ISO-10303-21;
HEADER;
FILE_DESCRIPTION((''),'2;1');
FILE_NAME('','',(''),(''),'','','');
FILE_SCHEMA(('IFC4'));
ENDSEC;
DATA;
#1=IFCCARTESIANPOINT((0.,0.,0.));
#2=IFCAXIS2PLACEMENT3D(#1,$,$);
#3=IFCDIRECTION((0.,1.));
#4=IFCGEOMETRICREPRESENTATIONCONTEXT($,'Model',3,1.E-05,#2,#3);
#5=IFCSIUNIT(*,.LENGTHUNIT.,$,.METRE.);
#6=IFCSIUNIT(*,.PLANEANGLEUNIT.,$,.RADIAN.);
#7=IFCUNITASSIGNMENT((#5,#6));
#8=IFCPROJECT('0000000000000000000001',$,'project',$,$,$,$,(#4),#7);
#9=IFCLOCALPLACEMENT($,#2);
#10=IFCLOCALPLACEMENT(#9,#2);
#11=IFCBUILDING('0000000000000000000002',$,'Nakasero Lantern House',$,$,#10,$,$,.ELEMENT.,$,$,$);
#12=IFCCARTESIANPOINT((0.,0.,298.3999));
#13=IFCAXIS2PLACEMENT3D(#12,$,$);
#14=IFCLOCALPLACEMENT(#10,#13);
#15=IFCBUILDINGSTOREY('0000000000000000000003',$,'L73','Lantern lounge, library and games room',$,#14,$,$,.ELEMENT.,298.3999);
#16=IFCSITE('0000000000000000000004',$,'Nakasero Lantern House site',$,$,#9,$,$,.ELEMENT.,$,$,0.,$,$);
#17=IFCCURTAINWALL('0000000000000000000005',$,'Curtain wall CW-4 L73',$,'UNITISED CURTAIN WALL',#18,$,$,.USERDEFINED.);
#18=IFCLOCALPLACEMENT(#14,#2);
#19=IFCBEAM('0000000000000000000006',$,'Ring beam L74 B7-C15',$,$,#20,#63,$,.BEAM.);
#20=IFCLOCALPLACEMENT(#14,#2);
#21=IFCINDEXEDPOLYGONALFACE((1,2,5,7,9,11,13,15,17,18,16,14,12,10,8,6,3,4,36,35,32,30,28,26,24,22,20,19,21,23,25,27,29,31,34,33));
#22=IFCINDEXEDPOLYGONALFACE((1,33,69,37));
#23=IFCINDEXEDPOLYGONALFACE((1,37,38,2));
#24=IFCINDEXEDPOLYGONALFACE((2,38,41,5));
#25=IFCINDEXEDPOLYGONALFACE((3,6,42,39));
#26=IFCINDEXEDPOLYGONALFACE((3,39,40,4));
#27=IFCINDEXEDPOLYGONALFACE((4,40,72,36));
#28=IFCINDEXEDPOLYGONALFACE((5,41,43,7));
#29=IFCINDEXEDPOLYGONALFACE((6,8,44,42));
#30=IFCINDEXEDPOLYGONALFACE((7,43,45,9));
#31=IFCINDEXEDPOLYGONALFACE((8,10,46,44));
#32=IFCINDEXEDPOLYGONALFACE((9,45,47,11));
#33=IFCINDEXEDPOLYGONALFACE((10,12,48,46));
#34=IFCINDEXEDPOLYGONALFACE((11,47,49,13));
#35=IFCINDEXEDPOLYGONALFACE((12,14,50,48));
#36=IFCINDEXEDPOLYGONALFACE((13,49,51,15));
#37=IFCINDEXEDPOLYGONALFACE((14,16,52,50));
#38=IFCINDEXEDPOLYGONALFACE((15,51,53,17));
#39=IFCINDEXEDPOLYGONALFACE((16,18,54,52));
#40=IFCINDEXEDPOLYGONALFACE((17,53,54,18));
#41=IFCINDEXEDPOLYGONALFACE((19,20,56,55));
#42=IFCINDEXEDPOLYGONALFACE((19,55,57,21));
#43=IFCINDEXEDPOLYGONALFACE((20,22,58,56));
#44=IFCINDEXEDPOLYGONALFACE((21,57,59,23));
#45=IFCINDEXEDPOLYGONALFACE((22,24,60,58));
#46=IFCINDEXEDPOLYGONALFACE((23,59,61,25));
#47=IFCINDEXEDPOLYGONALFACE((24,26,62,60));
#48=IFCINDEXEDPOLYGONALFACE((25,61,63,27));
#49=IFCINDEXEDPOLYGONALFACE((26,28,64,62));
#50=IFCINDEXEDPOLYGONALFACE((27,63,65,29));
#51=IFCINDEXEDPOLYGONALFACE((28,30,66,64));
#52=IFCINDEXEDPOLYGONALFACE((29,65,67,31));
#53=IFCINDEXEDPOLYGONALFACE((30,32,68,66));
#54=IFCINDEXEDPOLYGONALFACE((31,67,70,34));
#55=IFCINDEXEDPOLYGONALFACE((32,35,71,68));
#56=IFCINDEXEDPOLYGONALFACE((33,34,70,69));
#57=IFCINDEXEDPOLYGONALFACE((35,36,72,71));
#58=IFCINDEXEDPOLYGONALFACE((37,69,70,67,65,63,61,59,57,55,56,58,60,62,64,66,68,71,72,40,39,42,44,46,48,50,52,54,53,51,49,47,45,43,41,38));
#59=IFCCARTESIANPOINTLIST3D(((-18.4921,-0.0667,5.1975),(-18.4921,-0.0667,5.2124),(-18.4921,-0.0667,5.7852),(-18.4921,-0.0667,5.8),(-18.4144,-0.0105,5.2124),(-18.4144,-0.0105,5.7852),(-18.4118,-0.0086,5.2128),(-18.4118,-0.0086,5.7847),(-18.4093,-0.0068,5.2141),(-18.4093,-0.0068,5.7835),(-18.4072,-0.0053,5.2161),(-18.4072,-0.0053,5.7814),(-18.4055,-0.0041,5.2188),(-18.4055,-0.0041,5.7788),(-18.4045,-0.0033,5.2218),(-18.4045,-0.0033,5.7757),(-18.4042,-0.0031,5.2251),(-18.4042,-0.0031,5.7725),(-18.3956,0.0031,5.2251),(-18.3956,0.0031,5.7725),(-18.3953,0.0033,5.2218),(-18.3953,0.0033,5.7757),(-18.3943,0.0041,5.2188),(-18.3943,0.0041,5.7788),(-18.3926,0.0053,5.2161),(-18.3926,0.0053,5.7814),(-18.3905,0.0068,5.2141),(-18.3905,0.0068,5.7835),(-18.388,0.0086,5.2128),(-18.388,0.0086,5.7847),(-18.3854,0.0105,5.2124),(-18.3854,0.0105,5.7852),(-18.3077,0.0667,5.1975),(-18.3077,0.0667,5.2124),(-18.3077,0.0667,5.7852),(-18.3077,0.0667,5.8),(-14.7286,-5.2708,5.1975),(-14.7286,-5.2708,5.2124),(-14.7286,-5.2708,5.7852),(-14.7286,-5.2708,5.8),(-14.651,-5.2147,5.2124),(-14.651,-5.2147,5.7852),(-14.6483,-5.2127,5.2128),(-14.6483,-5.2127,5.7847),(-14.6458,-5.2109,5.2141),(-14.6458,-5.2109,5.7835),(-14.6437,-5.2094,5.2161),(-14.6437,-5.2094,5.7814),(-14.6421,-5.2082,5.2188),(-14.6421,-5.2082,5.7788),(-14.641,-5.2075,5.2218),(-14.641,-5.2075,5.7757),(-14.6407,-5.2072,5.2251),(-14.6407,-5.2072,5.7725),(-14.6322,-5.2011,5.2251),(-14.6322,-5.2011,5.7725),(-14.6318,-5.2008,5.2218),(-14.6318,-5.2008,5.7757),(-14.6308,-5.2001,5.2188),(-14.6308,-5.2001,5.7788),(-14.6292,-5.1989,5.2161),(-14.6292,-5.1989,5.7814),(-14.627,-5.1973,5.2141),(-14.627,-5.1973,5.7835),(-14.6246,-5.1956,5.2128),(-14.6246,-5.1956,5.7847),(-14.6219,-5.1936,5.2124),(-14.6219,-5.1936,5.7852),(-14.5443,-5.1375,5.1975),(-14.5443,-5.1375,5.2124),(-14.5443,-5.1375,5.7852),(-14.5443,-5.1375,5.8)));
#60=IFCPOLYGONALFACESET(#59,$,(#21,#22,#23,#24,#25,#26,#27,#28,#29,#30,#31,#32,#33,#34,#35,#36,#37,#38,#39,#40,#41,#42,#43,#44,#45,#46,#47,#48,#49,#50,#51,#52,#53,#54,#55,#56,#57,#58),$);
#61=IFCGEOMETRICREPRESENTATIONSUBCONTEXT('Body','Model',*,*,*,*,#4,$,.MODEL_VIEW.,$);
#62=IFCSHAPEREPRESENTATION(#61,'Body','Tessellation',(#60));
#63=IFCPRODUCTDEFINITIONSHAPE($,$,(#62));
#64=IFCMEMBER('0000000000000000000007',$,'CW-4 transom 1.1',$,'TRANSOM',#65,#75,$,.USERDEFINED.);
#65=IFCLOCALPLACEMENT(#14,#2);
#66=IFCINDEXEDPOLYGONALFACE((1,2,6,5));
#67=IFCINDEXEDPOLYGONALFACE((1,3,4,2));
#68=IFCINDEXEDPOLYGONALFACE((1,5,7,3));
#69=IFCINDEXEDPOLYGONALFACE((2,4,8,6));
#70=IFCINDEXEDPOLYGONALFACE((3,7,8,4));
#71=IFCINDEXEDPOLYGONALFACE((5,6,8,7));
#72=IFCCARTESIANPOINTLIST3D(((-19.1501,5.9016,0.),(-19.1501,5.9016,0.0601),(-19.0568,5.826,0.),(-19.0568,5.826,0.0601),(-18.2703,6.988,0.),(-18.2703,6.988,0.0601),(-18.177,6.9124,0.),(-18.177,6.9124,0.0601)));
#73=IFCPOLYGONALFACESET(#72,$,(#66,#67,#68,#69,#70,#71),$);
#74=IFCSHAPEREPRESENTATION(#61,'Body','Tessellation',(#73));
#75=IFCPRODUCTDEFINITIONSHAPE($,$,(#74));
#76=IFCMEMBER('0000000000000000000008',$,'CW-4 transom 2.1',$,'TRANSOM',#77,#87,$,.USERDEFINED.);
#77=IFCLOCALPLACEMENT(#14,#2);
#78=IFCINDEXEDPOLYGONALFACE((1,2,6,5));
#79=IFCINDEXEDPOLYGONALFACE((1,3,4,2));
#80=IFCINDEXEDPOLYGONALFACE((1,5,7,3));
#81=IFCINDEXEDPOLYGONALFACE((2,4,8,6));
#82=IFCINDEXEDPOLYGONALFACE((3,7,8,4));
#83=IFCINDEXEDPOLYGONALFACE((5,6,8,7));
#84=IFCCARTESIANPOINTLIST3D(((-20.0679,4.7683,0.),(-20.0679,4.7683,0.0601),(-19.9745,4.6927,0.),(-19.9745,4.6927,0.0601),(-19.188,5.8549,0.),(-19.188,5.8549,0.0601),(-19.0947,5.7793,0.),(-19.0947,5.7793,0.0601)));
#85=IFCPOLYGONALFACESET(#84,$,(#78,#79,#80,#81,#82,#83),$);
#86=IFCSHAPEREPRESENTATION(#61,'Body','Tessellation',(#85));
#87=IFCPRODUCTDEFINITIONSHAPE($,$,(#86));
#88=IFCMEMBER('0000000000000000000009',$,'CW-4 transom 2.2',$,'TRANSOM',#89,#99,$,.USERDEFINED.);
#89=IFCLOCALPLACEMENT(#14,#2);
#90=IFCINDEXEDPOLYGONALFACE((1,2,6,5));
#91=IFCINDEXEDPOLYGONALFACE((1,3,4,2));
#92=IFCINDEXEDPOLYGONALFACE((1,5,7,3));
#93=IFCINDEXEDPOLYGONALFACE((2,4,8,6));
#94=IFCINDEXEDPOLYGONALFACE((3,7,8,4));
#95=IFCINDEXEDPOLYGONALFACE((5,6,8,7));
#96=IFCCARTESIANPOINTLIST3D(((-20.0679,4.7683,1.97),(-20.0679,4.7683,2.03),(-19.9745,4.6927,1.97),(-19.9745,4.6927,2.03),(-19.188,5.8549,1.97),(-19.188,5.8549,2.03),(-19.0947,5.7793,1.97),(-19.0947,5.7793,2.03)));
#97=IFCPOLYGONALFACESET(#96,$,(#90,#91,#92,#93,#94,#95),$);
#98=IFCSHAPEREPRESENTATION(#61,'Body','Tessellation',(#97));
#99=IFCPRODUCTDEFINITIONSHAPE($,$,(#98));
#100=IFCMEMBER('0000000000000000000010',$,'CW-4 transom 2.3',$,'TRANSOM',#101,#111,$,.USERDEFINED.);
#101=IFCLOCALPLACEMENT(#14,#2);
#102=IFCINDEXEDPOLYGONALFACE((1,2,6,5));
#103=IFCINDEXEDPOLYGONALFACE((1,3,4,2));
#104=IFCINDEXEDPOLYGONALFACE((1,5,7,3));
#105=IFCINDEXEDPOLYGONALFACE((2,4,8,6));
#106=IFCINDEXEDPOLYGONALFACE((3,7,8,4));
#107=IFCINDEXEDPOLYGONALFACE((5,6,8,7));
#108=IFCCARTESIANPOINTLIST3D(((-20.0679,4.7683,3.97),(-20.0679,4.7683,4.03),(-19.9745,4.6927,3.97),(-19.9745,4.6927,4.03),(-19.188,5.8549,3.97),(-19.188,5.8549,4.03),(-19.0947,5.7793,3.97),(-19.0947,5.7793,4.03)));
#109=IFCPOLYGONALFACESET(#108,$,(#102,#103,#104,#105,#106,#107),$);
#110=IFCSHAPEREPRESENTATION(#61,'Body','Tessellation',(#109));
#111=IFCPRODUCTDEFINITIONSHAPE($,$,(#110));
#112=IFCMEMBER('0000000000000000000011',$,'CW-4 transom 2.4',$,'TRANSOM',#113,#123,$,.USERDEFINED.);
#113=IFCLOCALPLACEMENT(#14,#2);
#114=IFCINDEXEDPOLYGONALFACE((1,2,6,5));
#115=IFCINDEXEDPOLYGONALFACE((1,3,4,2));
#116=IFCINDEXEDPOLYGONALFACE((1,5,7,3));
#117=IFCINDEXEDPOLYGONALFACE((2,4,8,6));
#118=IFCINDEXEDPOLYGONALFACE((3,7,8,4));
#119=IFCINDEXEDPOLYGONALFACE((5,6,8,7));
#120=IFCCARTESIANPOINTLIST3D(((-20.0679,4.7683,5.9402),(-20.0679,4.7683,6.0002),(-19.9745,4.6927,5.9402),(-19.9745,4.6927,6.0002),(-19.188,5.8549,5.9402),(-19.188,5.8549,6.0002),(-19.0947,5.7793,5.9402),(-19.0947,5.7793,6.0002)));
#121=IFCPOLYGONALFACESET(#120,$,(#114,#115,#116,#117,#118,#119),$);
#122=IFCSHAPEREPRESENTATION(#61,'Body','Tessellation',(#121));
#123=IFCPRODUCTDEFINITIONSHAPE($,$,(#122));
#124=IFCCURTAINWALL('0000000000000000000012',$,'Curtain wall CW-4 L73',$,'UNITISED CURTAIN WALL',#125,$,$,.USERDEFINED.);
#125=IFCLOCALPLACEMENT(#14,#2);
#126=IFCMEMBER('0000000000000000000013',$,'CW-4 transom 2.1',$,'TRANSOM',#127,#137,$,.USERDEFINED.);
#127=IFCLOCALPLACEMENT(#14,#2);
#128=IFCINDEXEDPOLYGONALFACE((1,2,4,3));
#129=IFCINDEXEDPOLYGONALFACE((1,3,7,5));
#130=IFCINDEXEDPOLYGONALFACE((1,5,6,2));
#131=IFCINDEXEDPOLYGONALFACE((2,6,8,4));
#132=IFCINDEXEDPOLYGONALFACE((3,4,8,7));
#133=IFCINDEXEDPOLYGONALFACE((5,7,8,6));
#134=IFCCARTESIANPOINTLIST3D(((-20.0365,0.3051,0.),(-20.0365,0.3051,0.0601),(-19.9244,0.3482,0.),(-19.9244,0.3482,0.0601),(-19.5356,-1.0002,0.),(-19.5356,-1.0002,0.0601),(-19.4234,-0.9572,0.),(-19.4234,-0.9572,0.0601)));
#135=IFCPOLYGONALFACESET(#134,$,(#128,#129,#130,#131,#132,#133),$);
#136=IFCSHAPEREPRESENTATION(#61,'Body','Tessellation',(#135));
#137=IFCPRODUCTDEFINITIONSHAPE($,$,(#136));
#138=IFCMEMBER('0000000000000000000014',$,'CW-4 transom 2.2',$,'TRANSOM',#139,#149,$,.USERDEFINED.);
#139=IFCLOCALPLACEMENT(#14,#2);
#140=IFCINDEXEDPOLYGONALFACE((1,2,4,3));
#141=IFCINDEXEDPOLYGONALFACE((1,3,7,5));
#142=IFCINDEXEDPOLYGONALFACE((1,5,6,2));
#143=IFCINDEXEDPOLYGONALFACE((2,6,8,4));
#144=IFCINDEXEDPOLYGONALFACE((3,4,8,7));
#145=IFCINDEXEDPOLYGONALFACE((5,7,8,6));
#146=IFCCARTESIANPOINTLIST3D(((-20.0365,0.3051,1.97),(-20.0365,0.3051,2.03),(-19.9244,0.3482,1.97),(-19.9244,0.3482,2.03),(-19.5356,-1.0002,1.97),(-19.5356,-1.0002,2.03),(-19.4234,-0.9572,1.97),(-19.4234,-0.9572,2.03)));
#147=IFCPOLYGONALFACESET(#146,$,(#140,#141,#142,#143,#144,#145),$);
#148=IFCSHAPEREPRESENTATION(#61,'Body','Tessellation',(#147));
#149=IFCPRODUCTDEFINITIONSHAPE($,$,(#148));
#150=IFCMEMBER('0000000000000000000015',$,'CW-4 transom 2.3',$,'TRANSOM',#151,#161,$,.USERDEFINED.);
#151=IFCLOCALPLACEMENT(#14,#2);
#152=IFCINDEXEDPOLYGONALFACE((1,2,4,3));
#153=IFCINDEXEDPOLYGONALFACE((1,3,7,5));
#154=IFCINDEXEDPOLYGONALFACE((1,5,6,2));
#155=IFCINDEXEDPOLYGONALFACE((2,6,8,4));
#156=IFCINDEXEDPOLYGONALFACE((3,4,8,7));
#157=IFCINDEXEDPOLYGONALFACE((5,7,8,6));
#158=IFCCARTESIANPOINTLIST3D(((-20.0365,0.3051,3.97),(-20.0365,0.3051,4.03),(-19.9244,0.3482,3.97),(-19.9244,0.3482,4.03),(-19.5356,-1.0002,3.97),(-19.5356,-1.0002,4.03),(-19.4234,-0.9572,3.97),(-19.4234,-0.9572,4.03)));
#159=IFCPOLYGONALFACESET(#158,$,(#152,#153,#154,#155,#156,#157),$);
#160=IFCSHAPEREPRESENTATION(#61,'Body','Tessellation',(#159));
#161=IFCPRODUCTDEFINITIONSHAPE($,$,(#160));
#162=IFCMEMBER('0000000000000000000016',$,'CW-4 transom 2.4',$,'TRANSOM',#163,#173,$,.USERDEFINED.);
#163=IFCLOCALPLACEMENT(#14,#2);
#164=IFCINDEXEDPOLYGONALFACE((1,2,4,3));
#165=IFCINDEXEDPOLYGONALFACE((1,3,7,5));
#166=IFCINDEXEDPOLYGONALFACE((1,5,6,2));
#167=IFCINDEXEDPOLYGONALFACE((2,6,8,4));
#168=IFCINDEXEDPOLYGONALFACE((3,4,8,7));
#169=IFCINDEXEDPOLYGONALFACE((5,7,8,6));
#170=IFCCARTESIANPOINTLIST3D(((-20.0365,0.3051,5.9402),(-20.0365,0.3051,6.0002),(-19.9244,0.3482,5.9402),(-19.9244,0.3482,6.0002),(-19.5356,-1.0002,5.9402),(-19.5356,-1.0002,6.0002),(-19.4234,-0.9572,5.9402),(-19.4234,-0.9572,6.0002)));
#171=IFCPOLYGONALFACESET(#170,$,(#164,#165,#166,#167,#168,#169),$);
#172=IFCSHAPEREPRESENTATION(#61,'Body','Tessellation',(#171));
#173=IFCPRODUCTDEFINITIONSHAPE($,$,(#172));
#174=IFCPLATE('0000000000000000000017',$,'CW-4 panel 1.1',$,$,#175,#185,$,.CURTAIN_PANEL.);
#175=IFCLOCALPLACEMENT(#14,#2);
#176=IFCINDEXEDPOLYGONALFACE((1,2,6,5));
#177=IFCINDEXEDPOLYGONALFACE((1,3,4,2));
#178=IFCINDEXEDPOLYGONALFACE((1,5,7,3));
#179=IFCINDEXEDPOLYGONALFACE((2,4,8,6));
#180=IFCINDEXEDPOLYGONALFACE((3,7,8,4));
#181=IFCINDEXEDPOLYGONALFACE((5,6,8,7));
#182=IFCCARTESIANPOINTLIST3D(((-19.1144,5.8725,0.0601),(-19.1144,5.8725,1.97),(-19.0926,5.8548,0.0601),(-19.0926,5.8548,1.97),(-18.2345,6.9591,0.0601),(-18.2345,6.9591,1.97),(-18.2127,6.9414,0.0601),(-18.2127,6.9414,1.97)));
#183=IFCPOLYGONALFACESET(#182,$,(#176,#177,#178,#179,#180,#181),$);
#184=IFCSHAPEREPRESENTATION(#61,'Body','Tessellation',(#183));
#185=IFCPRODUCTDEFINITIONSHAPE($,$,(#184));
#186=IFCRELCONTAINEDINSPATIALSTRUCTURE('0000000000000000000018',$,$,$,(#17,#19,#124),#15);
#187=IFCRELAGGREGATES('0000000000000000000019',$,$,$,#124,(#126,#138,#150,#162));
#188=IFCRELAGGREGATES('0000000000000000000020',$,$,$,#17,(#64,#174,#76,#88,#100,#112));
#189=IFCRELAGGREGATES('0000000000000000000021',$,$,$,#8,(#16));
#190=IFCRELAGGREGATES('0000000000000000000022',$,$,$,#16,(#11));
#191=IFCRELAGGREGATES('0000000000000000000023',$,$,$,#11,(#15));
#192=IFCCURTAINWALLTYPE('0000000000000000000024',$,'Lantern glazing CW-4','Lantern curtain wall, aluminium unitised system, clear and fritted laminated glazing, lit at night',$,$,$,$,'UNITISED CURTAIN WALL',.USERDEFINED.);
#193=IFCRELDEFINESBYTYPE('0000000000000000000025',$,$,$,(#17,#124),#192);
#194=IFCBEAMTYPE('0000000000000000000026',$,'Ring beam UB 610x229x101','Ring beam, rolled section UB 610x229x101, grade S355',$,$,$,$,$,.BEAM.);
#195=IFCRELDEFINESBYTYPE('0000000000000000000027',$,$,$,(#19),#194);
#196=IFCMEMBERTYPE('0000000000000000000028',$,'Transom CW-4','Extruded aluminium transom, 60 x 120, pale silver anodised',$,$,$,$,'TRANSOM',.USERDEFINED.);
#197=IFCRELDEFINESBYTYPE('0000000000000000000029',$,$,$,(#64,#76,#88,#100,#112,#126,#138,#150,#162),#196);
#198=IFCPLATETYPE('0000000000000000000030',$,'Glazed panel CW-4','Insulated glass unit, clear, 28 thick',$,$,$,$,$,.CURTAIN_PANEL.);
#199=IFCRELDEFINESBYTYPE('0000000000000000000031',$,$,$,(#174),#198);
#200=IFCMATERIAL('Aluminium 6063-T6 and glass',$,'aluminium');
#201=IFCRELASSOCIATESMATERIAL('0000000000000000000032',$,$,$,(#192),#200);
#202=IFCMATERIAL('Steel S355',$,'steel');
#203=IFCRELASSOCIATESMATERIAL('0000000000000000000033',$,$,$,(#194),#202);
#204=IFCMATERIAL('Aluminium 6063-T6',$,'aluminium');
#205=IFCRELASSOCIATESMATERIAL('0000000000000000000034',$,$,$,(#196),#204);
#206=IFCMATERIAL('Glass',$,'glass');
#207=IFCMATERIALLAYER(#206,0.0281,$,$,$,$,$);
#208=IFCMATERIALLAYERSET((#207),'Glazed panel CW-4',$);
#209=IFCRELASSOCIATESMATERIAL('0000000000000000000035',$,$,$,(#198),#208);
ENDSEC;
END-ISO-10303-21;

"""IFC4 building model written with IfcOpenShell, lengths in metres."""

from ifc_helpers import new_model, si_unit, direction, frame, origin, origin_2d, place, context, subcontext, project, spatial, rectangle, i_section, extrude, material, layer, layer_set, material_profile, profile_set, type_object, element, aggregate, save


model = new_model("IFC4")

# Units and contexts
model_context = context("Model", 3, precision=1e-05, world=origin(), true_north=direction((0.0, 1.0)))
body_context = subcontext(model_context, "Body", "Model", "MODEL_VIEW")
ifc_project = project(units=[si_unit("LENGTHUNIT", "METRE"), si_unit("PLANEANGLEUNIT", "RADIAN")], contexts=[model_context])

# Site, building, storey
site_placement = place(None, origin())
site = spatial("IfcSite", under=ifc_project, at=site_placement, Name="Nakasero Lantern House site", CompositionType="ELEMENT", RefElevation=0.0)
building_placement = place(site_placement, origin())
building = spatial("IfcBuilding", under=site, at=building_placement, Name="Nakasero Lantern House", CompositionType="ELEMENT")
storey_placement = place(building_placement, frame((0.0, 0.0, 298.3999)))
storey = spatial("IfcBuildingStorey", under=building, at=storey_placement, Name="L73", Description="Lantern lounge, library and games room", CompositionType="ELEMENT", Elevation=298.3999)

# Curtain wall
ifc_material_1 = material(Name="Aluminium 6063-T6 and glass", Category="aluminium")
curtain_wall_type = type_object("IfcCurtainWallType", Name="Lantern glazing CW-4", Description="Lantern curtain wall, aluminium unitised system, clear and fritted laminated glazing, lit at night", ElementType="UNITISED CURTAIN WALL", PredefinedType="USERDEFINED", material=ifc_material_1)
curtain_wall_1_placement = place(storey_placement, origin())
curtain_wall_1 = element("IfcCurtainWall", 1, at=curtain_wall_1_placement, inside=storey, type_object=curtain_wall_type, Name="Curtain wall CW-4 L73", ObjectType="UNITISED CURTAIN WALL", PredefinedType="USERDEFINED")

# Beam
ifc_material_2 = material(Name="Steel S355", Category="steel")
ifc_material_profile_1 = material_profile(ifc_material_2, i_section(OverallWidth=0.2275, OverallDepth=0.6025, WebThickness=0.0105, FlangeThickness=0.0149, FilletRadius=0.0127, at=origin_2d()), Name="UB 610x229x101")
ifc_profile_set_1 = profile_set([ifc_material_profile_1], Name="Steel S355")
beam_type_1 = type_object("IfcBeamType", Name="Ring beam UB 610x229x101", Description="Ring beam, rolled section UB 610x229x101, grade S355", PredefinedType="BEAM", material=ifc_profile_set_1)
beam_1_placement = place(storey_placement, frame((-18.3999, 0.0, 5.4988), z_axis=(0.585993, -0.810316, 0.0), x_axis=(0.810316, 0.585993, 0.0)))
element("IfcBeam", 2, at=beam_1_placement, inside=storey, type_object=beam_type_1, Name="Ring beam L74 B7-C15", PredefinedType="BEAM", context=body_context, shape_type="SweptSolid", body=[
    extrude(i_section(OverallWidth=0.2275, OverallDepth=0.6025, WebThickness=0.0105, FlangeThickness=0.0149, FilletRadius=0.0127, at=origin_2d()), origin(), (0.0, 0.0, 1.0), 6.4224),
])

# Members
ifc_material_3 = material(Name="Aluminium 6063-T6", Category="aluminium")
ifc_material_profile_2 = material_profile(ifc_material_3, rectangle(XDim=0.0601, YDim=0.1201, at=origin_2d()), Name="CW-4 transom 60x120")
ifc_profile_set_2 = profile_set([ifc_material_profile_2], Name="Aluminium 6063-T6")
member_type_1 = type_object("IfcMemberType", Name="Transom CW-4", Description="Extruded aluminium transom, 60 x 120, pale silver anodised", ElementType="TRANSOM", PredefinedType="USERDEFINED", material=ifc_profile_set_2)
member_1_placement = place(storey_placement, frame((-18.2236, 6.9502, 0.03), z_axis=(-0.629369, -0.777107, 0.0), x_axis=(0.0, 0.0, 1.0)))
member_1 = element("IfcMember", 3, at=member_1_placement, type_object=member_type_1, Name="CW-4 transom 1.1", ObjectType="TRANSOM", PredefinedType="USERDEFINED", context=body_context, shape_type="SweptSolid", body=[
    extrude(rectangle(XDim=0.0601, YDim=0.1201, at=origin_2d()), origin(), (0.0, 0.0, 1.0), 1.3979),
])
member_2_placement = place(storey_placement, frame((-19.1414, 5.8171, 0.03), z_axis=(-0.629284, -0.777176, 0.0), x_axis=(0.0, 0.0, 1.0)))
member_2 = element("IfcMember", 4, at=member_2_placement, type_object=member_type_1, Name="CW-4 transom 2.1", ObjectType="TRANSOM", PredefinedType="USERDEFINED", context=body_context, shape_type="SweptSolid", body=[
    extrude(rectangle(XDim=0.0601, YDim=0.1201, at=origin_2d()), origin(), (0.0, 0.0, 1.0), 1.3982),
])
member_3_placement = place(storey_placement, frame((-19.1414, 5.8171, 2.0), z_axis=(-0.629284, -0.777176, 0.0), x_axis=(0.0, 0.0, 1.0)))
member_3 = element("IfcMember", 5, at=member_3_placement, type_object=member_type_1, Name="CW-4 transom 2.2", ObjectType="TRANSOM", PredefinedType="USERDEFINED", context=body_context, shape_type="SweptSolid", body=[
    extrude(rectangle(XDim=0.0601, YDim=0.1201, at=origin_2d()), origin(), (0.0, 0.0, 1.0), 1.3982),
])
member_4_placement = place(storey_placement, frame((-19.1414, 5.8171, 4.0), z_axis=(-0.629284, -0.777176, 0.0), x_axis=(0.0, 0.0, 1.0)))
member_4 = element("IfcMember", 6, at=member_4_placement, type_object=member_type_1, Name="CW-4 transom 2.3", ObjectType="TRANSOM", PredefinedType="USERDEFINED", context=body_context, shape_type="SweptSolid", body=[
    extrude(rectangle(XDim=0.0601, YDim=0.1201, at=origin_2d()), origin(), (0.0, 0.0, 1.0), 1.3982),
])
member_5_placement = place(storey_placement, frame((-19.1414, 5.8171, 5.9702), z_axis=(-0.629284, -0.777176, 0.0), x_axis=(0.0, 0.0, 1.0)))
member_5 = element("IfcMember", 7, at=member_5_placement, type_object=member_type_1, Name="CW-4 transom 2.4", ObjectType="TRANSOM", PredefinedType="USERDEFINED", context=body_context, shape_type="SweptSolid", body=[
    extrude(rectangle(XDim=0.0601, YDim=0.1201, at=origin_2d()), origin(), (0.0, 0.0, 1.0), 1.3982),
])

# Curtain wall, members
curtain_wall_2_placement = place(storey_placement, origin())
curtain_wall_2 = element("IfcCurtainWall", 8, at=curtain_wall_2_placement, inside=storey, type_object=curtain_wall_type, Name="Curtain wall CW-4 L73", ObjectType="UNITISED CURTAIN WALL", PredefinedType="USERDEFINED")
member_6_placement = place(storey_placement, frame((-19.9805, 0.3267, 0.03), z_axis=(0.358289, -0.933611, 0.0), x_axis=(0.0, 0.0, 1.0)))
member_6 = element("IfcMember", 9, at=member_6_placement, type_object=member_type_1, Name="CW-4 transom 2.1", ObjectType="TRANSOM", PredefinedType="USERDEFINED", context=body_context, shape_type="SweptSolid", body=[
    extrude(rectangle(XDim=0.0601, YDim=0.1201, at=origin_2d()), origin(), (0.0, 0.0, 1.0), 1.3982),
])
member_7_placement = place(storey_placement, frame((-19.9805, 0.3267, 2.0), z_axis=(0.358289, -0.933611, 0.0), x_axis=(0.0, 0.0, 1.0)))
member_7 = element("IfcMember", 10, at=member_7_placement, type_object=member_type_1, Name="CW-4 transom 2.2", ObjectType="TRANSOM", PredefinedType="USERDEFINED", context=body_context, shape_type="SweptSolid", body=[
    extrude(rectangle(XDim=0.0601, YDim=0.1201, at=origin_2d()), origin(), (0.0, 0.0, 1.0), 1.3982),
])
member_8_placement = place(storey_placement, frame((-19.9805, 0.3267, 4.0), z_axis=(0.358289, -0.933611, 0.0), x_axis=(0.0, 0.0, 1.0)))
member_8 = element("IfcMember", 11, at=member_8_placement, type_object=member_type_1, Name="CW-4 transom 2.3", ObjectType="TRANSOM", PredefinedType="USERDEFINED", context=body_context, shape_type="SweptSolid", body=[
    extrude(rectangle(XDim=0.0601, YDim=0.1201, at=origin_2d()), origin(), (0.0, 0.0, 1.0), 1.3982),
])
member_9_placement = place(storey_placement, frame((-19.9805, 0.3267, 5.9702), z_axis=(0.358289, -0.933611, 0.0), x_axis=(0.0, 0.0, 1.0)))
member_9 = element("IfcMember", 12, at=member_9_placement, type_object=member_type_1, Name="CW-4 transom 2.4", ObjectType="TRANSOM", PredefinedType="USERDEFINED", context=body_context, shape_type="SweptSolid", body=[
    extrude(rectangle(XDim=0.0601, YDim=0.1201, at=origin_2d()), origin(), (0.0, 0.0, 1.0), 1.3982),
])
aggregate(curtain_wall_2, [member_6, member_7, member_8, member_9])

# Plate
ifc_material_4 = material(Name="Glass", Category="glass")
ifc_layer_1 = layer(ifc_material_4, 0.0281)
ifc_layer_set_1 = layer_set([ifc_layer_1], Name="Glazed panel CW-4")
plate_type = type_object("IfcPlateType", Name="Glazed panel CW-4", Description="Insulated glass unit, clear, 28 thick", PredefinedType="CURTAIN_PANEL", material=ifc_layer_set_1)
plate_1_placement = place(storey_placement, frame((-18.6636, 6.407, 0.0601), z_axis=(0.0, 0.0, 1.0), x_axis=(-0.62932, -0.777146, 0.0)))
plate_1 = element("IfcPlate", 13, at=plate_1_placement, type_object=plate_type, Name="CW-4 panel 1.1", PredefinedType="CURTAIN_PANEL", context=body_context, shape_type="SweptSolid", body=[
    extrude(rectangle(XDim=1.3982, YDim=0.0281, at=origin_2d()), origin(), (0.0, 0.0, 1.0), 1.9099),
])
aggregate(curtain_wall_1, [member_1, plate_1, member_2, member_3, member_4, member_5])

save(model, "model.ifc")
